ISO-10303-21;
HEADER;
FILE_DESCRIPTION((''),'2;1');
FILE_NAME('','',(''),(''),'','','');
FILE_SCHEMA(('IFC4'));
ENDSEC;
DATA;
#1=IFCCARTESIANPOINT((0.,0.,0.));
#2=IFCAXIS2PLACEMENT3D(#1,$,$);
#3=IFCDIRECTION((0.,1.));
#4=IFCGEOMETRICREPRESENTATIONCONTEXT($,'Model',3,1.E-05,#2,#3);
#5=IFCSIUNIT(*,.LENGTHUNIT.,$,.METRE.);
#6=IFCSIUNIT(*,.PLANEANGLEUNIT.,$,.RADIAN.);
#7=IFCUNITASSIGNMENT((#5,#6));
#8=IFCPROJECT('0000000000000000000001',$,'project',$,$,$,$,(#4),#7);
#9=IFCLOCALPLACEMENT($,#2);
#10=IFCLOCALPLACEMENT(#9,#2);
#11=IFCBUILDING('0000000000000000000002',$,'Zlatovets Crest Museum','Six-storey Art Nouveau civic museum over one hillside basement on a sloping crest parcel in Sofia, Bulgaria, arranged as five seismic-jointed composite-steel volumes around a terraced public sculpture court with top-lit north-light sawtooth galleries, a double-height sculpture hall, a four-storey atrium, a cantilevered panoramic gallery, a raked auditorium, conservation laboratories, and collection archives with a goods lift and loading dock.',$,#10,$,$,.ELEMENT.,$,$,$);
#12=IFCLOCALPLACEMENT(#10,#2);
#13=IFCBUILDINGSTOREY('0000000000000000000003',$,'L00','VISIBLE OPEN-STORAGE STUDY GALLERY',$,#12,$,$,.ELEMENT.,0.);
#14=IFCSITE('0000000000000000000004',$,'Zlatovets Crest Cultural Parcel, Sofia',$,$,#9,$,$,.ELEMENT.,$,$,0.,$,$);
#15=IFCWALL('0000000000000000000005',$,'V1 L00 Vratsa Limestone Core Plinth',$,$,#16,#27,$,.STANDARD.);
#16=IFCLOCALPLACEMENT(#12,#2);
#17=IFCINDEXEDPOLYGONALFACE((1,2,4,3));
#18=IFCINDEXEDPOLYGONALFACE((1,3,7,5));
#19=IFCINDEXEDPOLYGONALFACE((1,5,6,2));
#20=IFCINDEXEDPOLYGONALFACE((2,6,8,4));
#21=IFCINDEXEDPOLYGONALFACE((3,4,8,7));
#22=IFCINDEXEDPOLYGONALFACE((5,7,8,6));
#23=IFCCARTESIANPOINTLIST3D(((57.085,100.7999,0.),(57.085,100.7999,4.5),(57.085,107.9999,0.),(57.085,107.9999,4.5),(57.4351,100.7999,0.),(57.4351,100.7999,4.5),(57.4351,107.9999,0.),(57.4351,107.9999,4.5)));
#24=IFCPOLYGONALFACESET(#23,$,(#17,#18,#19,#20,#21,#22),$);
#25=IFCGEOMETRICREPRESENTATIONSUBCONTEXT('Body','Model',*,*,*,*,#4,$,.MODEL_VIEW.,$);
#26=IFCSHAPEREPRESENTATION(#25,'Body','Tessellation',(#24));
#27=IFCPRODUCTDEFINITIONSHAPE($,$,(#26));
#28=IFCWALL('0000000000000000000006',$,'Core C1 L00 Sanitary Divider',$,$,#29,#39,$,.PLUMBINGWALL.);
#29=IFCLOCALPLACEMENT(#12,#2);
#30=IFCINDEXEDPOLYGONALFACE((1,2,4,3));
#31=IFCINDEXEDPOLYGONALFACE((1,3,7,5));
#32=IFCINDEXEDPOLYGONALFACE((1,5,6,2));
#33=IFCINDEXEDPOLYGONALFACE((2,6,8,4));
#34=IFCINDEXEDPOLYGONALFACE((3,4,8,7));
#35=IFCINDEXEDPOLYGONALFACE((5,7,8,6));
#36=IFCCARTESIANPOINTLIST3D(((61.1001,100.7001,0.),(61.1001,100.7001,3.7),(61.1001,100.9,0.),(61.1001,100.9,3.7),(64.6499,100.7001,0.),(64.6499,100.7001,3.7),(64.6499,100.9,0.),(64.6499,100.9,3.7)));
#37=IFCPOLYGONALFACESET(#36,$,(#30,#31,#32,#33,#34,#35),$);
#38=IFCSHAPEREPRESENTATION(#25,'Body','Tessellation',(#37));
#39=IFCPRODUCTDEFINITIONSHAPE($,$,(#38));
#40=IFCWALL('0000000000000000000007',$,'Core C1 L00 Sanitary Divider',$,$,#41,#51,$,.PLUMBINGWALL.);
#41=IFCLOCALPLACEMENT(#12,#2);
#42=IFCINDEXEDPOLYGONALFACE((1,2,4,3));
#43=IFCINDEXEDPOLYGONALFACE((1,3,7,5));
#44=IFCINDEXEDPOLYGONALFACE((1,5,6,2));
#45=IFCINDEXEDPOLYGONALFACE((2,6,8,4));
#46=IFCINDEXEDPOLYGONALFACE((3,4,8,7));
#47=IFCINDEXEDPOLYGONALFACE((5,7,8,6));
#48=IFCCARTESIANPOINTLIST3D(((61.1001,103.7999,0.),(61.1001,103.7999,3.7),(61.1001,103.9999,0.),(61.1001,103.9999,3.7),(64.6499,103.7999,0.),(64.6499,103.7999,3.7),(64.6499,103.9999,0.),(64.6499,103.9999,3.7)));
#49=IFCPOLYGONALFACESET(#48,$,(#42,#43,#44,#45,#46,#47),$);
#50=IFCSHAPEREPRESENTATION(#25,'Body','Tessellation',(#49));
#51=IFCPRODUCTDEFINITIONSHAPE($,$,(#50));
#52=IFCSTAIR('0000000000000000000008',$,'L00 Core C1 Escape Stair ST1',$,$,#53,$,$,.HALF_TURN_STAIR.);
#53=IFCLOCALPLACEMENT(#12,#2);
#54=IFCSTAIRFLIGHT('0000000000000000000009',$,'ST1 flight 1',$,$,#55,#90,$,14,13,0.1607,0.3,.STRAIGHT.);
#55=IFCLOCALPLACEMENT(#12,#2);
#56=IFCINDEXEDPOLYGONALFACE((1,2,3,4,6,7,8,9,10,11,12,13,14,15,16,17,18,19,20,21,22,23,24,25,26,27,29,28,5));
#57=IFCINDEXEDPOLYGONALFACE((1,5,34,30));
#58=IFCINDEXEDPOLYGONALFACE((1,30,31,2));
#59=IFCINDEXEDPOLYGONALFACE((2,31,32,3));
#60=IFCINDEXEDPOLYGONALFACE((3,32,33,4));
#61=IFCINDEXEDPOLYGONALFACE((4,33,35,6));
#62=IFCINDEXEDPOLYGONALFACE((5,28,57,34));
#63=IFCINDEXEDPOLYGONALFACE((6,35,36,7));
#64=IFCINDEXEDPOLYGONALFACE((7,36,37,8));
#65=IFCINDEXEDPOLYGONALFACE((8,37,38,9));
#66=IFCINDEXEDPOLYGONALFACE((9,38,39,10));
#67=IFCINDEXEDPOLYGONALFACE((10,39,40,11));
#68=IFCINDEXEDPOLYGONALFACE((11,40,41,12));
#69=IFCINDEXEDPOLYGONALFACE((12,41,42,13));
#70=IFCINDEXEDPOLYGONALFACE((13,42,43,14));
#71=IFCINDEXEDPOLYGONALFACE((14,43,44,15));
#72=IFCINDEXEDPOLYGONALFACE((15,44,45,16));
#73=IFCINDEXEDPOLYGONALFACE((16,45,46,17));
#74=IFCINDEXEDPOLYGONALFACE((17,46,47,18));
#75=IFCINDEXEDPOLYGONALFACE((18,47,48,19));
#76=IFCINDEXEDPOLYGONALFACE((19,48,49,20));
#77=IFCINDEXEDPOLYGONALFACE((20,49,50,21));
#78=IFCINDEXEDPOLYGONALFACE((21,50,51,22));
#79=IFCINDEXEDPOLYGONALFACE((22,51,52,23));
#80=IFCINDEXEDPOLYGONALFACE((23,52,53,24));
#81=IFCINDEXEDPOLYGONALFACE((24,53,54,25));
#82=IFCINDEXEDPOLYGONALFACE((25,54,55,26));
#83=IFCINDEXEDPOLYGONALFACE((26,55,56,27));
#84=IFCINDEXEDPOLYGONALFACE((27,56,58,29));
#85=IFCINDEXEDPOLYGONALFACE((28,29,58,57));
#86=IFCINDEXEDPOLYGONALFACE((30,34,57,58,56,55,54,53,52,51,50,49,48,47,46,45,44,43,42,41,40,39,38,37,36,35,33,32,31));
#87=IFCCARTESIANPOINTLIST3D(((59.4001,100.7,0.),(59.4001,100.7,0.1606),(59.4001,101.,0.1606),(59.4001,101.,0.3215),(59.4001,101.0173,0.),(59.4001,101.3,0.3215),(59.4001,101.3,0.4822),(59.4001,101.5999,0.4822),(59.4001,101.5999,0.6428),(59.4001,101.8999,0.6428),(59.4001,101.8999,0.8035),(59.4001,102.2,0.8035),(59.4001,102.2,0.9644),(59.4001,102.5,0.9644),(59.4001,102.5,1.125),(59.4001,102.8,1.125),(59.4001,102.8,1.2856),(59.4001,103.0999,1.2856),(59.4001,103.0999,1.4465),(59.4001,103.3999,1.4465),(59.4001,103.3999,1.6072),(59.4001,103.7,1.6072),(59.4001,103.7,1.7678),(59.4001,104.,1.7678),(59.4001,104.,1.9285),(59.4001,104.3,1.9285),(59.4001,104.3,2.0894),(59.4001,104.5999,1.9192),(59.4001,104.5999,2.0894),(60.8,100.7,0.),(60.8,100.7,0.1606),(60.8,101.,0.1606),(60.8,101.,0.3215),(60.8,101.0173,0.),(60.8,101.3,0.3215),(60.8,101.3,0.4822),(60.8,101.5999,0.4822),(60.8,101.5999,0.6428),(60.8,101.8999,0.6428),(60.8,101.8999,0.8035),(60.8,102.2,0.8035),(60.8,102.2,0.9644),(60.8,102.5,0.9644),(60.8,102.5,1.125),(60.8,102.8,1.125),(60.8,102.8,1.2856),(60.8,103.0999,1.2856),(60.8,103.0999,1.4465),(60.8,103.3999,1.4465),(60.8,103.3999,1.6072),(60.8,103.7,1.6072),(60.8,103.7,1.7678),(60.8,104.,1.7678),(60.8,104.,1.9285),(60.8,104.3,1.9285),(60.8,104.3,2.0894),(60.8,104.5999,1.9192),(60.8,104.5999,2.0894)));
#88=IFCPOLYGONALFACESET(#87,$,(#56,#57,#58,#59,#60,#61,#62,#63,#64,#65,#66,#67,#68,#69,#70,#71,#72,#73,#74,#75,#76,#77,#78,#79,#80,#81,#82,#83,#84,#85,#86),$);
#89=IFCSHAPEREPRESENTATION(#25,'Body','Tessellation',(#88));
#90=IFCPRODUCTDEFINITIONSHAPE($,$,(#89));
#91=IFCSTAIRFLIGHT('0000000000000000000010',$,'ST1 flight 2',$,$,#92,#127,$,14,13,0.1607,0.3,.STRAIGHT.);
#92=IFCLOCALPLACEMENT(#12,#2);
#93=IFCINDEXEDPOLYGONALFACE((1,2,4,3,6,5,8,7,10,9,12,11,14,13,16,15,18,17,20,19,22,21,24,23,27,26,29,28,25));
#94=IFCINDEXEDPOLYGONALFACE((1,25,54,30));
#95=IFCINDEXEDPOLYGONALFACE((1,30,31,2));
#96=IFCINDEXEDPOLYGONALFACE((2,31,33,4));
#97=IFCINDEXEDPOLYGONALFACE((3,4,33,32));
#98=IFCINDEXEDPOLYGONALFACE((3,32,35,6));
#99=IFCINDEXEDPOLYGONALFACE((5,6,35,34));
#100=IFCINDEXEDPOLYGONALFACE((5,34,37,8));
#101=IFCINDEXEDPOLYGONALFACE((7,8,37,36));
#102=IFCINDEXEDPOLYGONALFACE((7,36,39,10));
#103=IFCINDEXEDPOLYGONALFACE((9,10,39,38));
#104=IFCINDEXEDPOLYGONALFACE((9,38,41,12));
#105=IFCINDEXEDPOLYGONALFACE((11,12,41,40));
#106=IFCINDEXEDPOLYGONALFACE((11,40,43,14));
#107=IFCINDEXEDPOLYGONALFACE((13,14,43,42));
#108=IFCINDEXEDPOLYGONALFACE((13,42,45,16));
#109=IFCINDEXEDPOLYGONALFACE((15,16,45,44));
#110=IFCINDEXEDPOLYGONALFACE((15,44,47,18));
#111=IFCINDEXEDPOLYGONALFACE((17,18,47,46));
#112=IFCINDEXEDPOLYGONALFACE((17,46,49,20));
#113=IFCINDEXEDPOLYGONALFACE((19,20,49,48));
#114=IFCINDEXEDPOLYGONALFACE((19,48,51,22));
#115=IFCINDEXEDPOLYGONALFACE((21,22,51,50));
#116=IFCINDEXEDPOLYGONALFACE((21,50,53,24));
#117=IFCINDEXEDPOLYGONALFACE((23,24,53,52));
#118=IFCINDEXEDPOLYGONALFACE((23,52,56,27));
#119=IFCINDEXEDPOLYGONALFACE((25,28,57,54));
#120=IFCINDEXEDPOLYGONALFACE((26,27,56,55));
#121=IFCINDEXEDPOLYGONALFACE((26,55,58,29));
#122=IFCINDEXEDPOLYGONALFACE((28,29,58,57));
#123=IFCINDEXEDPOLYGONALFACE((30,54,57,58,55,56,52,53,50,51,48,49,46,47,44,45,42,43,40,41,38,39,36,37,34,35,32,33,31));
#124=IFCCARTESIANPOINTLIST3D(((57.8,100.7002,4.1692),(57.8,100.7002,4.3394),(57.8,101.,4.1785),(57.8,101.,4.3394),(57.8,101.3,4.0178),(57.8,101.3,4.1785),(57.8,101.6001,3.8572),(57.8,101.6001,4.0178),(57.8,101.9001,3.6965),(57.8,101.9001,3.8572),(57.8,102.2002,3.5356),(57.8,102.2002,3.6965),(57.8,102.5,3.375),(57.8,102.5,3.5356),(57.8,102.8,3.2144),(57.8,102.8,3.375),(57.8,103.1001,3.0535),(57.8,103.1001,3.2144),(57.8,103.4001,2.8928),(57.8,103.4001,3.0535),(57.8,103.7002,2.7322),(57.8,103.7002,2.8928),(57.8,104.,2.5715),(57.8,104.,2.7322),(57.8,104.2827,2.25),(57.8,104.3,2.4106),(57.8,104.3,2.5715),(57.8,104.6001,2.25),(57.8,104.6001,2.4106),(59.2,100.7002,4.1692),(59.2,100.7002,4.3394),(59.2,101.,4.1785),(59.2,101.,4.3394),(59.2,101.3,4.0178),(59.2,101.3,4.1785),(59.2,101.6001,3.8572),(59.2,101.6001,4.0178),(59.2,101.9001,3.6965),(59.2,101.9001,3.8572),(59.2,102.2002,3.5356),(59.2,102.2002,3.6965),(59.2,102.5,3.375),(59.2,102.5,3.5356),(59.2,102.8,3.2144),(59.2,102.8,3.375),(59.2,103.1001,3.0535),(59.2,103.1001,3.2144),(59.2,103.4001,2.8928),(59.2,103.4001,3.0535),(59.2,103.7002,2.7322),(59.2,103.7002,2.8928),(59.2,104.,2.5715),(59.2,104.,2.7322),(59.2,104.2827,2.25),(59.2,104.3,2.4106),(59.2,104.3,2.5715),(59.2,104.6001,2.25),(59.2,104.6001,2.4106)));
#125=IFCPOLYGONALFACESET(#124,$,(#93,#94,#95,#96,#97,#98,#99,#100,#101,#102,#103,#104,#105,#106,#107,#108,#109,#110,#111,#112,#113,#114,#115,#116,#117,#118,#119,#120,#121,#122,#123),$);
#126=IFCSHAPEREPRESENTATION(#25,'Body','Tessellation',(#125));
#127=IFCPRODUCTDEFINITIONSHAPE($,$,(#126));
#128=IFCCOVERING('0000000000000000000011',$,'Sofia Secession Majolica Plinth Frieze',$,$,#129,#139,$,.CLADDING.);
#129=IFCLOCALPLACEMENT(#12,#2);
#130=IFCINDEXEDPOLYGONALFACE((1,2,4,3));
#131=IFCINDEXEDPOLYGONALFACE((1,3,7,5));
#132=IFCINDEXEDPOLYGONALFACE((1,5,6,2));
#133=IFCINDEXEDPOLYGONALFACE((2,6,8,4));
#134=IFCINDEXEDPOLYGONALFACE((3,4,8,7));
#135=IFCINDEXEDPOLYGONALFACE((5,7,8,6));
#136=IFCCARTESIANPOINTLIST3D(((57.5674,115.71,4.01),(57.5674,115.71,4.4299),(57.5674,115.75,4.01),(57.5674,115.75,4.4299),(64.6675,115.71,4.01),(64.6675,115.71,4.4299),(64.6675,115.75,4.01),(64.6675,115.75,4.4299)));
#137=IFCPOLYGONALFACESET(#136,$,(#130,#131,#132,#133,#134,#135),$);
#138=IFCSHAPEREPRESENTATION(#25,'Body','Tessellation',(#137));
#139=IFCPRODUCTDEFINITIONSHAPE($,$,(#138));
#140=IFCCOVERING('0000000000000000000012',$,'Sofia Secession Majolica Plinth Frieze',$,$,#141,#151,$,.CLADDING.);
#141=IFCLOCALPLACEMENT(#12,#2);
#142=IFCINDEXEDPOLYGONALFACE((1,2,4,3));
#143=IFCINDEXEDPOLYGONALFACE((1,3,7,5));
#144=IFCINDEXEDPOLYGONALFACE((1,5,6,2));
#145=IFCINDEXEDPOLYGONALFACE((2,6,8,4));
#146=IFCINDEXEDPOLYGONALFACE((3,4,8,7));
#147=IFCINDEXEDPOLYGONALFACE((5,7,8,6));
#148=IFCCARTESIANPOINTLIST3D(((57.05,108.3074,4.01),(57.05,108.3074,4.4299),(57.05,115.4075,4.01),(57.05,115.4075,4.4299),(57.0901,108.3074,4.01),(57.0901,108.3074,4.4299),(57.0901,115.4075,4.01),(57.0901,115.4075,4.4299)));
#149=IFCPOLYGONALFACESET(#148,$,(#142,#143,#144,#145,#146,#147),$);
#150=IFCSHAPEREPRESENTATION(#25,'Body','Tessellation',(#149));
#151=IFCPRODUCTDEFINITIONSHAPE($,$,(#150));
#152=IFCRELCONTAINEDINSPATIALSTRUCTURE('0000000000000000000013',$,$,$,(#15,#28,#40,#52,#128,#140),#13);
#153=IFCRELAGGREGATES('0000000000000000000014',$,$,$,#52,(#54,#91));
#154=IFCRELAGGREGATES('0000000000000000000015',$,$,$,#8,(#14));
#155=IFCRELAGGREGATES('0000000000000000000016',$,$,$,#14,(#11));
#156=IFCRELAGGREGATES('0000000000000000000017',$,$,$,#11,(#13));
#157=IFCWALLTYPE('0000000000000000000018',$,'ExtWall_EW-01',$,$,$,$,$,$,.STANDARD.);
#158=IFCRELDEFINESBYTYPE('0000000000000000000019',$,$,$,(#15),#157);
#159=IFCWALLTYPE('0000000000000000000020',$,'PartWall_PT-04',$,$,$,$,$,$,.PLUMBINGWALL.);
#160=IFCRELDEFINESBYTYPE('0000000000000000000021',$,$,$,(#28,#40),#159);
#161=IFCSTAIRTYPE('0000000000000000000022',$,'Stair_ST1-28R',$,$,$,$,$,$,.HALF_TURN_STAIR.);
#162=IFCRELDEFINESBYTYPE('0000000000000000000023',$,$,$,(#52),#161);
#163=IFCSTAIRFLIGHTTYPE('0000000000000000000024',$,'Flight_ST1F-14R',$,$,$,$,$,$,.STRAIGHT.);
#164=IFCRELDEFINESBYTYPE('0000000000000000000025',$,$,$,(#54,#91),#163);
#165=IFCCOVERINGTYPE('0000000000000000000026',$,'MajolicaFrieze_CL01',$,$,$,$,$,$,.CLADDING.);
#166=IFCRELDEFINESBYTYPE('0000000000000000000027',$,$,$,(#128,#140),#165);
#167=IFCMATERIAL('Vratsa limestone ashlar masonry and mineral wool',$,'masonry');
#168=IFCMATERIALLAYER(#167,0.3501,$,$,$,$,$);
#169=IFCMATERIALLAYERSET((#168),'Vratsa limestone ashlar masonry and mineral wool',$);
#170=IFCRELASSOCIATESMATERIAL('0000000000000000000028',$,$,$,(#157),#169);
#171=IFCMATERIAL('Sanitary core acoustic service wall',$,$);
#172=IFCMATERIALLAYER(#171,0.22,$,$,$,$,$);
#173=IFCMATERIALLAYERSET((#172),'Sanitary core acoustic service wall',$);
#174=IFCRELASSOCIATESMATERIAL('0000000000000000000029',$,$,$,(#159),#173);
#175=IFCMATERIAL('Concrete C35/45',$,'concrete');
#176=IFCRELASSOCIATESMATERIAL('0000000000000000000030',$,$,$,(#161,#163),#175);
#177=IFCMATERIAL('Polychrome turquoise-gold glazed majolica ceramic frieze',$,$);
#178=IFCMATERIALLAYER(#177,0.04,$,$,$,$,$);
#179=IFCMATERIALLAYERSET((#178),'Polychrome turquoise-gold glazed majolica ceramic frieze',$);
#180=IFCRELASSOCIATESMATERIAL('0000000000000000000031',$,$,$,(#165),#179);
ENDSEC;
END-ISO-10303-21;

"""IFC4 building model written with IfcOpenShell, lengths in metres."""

from ifc_helpers import new_model, si_unit, direction, frame, frame_2d, origin, origin_2d, place, context, subcontext, project, spatial, polyline, rectangle, outline, extrude, material, layer, layer_set, type_object, element, aggregate, save


model = new_model("IFC4")

# Units and contexts
model_context = context("Model", 3, precision=1e-05, world=origin(), true_north=direction((0.0, 1.0)))
body_context = subcontext(model_context, "Body", "Model", "MODEL_VIEW")
ifc_project = project(units=[si_unit("LENGTHUNIT", "METRE"), si_unit("PLANEANGLEUNIT", "RADIAN")], contexts=[model_context])

# Site, building, storey
site_placement = place(None, origin())
site = spatial("IfcSite", under=ifc_project, at=site_placement, Name="Zlatovets Crest Cultural Parcel, Sofia", CompositionType="ELEMENT", RefElevation=0.0)
building_placement = place(site_placement, origin())
building = spatial("IfcBuilding", under=site, at=building_placement, Name="Zlatovets Crest Museum", Description="Six-storey Art Nouveau civic museum over one hillside basement on a sloping crest parcel in Sofia, Bulgaria, arranged as five seismic-jointed composite-steel volumes around a terraced public sculpture court with top-lit north-light sawtooth galleries, a double-height sculpture hall, a four-storey atrium, a cantilevered panoramic gallery, a raked auditorium, conservation laboratories, and collection archives with a goods lift and loading dock.", CompositionType="ELEMENT")
storey_placement = place(building_placement, origin())
storey = spatial("IfcBuildingStorey", under=building, at=storey_placement, Name="L00", Description="VISIBLE OPEN-STORAGE STUDY GALLERY", CompositionType="ELEMENT", Elevation=0.0)

# Shared definitions
ifc_material_1 = material(Name="Concrete C35/45", Category="concrete")

# Shared definitions
ifc_material_2 = material(Name="Vratsa limestone ashlar masonry and mineral wool", Category="masonry")
ifc_layer_1 = layer(ifc_material_2, 0.3501)
ifc_layer_set_1 = layer_set([ifc_layer_1], Name="Vratsa limestone ashlar masonry and mineral wool")
wall_type_1 = type_object("IfcWallType", Name="ExtWall_EW-01", PredefinedType="STANDARD", material=ifc_layer_set_1)

# Walls
wall_1_placement = place(storey_placement, frame((57.26, 108.0, 0.0), z_axis=(0.0, 0.0, 1.0), x_axis=(0.0, -1.0, 0.0)))
element("IfcWall", 1, at=wall_1_placement, inside=storey, type_object=wall_type_1, Name="V1 L00 Vratsa Limestone Core Plinth", PredefinedType="STANDARD", context=body_context, shape_type="SweptSolid", body=[
    extrude(rectangle(XDim=7.2, YDim=0.3501, at=frame_2d((3.6001, 0.0))), origin(), (0.0, 0.0, 1.0), 4.5),
])
ifc_material_3 = material(Name="Sanitary core acoustic service wall")
ifc_layer_2 = layer(ifc_material_3, 0.22)
ifc_layer_set_2 = layer_set([ifc_layer_2], Name="Sanitary core acoustic service wall")
wall_type_2 = type_object("IfcWallType", Name="PartWall_PT-04", PredefinedType="PLUMBINGWALL", material=ifc_layer_set_2)
for number, where, z_axis, x_axis, name in (
    (2, (61.1001, 100.8, 0.0), (0.0, 0.0, 1.0), (1.0, 0.0, 0.0), "Core C1 L00 Sanitary Divider"),
    (3, (61.1001, 103.8999, 0.0), (0.0, 0.0, 1.0), (1.0, 0.0, 0.0), "Core C1 L00 Sanitary Divider"),
):
    element("IfcWall", number, at=place(storey_placement, frame(where, z_axis=z_axis, x_axis=x_axis)), inside=storey, type_object=wall_type_2, Name=name, PredefinedType="PLUMBINGWALL", context=body_context, shape_type="SweptSolid", body=[
        extrude(rectangle(XDim=3.5498, YDim=0.2, at=frame_2d((1.7749, 0.0))), origin(), (0.0, 0.0, 1.0), 3.7),
    ])

# Stair, stair flights
stair_type = type_object("IfcStairType", Name="Stair_ST1-28R", PredefinedType="HALF_TURN_STAIR", material=ifc_material_1)
stair_placement = place(storey_placement, origin())
stair = element("IfcStair", 4, at=stair_placement, inside=storey, type_object=stair_type, Name="L00 Core C1 Escape Stair ST1", PredefinedType="HALF_TURN_STAIR")
stair_flight_type = type_object("IfcStairFlightType", Name="Flight_ST1F-14R", PredefinedType="STRAIGHT", material=ifc_material_1)
stair_flight_1_placement = place(storey_placement, frame((60.1001, 100.7, 0.0), z_axis=(0.0, 0.0, 1.0), x_axis=(0.0, 1.0, 0.0)))
stair_flight_1 = element("IfcStairFlight", 5, at=stair_flight_1_placement, type_object=stair_flight_type, Name="ST1 flight 1", NumberOfRisers=14, NumberOfTreads=13, PredefinedType="STRAIGHT", RiserHeight=0.1607, TreadLength=0.3, context=body_context, shape_type="SweptSolid", body=[
    extrude(outline(polyline([(0.0, 0.0), (0.0, 0.1606), (0.3, 0.1606), (0.3, 0.3215), (0.6001, 0.3215), (0.6001, 0.4822), (0.8999, 0.4822), (0.8999, 0.6428), (1.2, 0.6428), (1.2, 0.8035), (1.5, 0.8035), (1.5, 0.9644), (1.8, 0.9644), (1.8, 1.125), (2.1001, 1.125), (2.1001, 1.2856), (2.3999, 1.2856), (2.3999, 1.4465), (2.7, 1.4465), (2.7, 1.6072), (3.0, 1.6072), (3.0, 1.7678), (3.3, 1.7678), (3.3, 1.9285), (3.6001, 1.9285), (3.6001, 2.0894), (3.8999, 2.0894), (3.8999, 2.25), (3.8999, 1.9192), (0.3174, 0.0), (0.0, 0.0)])), frame((0.0, 0.7, 0.0), z_axis=(0.0, -1.0, 0.0), x_axis=(1.0, 0.0, 0.0)), (0.0, 0.0, 1.0), 1.3999),
])
stair_flight_2_placement = place(storey_placement, frame((58.5, 104.6001, 2.25), z_axis=(0.0, 0.0, 1.0), x_axis=(0.0, -1.0, 0.0)))
stair_flight_2 = element("IfcStairFlight", 6, at=stair_flight_2_placement, type_object=stair_flight_type, Name="ST1 flight 2", NumberOfRisers=14, NumberOfTreads=13, PredefinedType="STRAIGHT", RiserHeight=0.1607, TreadLength=0.3, context=body_context, shape_type="SweptSolid", body=[
    extrude(outline(polyline([(0.0, 0.0), (0.0, 0.1606), (0.3, 0.1606), (0.3, 0.3215), (0.6001, 0.3215), (0.6001, 0.4822), (0.8999, 0.4822), (0.8999, 0.6428), (1.2, 0.6428), (1.2, 0.8035), (1.5, 0.8035), (1.5, 0.9644), (1.8, 0.9644), (1.8, 1.125), (2.1001, 1.125), (2.1001, 1.2856), (2.3999, 1.2856), (2.3999, 1.4465), (2.7, 1.4465), (2.7, 1.6072), (3.0, 1.6072), (3.0, 1.7678), (3.3, 1.7678), (3.3, 1.9285), (3.6001, 1.9285), (3.6001, 2.0894), (3.8999, 2.0894), (3.8999, 2.25), (3.8999, 1.9192), (0.3174, 0.0), (0.0, 0.0)])), frame((0.0, 0.7, 0.0), z_axis=(0.0, -1.0, 0.0), x_axis=(1.0, 0.0, 0.0)), (0.0, 0.0, 1.0), 1.3999),
])
aggregate(stair, [stair_flight_1, stair_flight_2])

# Coverings
ifc_material_4 = material(Name="Polychrome turquoise-gold glazed majolica ceramic frieze")
ifc_layer_3 = layer(ifc_material_4, 0.04)
ifc_layer_set_3 = layer_set([ifc_layer_3], Name="Polychrome turquoise-gold glazed majolica ceramic frieze")
covering_type = type_object("IfcCoveringType", Name="MajolicaFrieze_CL01", PredefinedType="CLADDING", material=ifc_layer_set_3)
for number, where, z_axis, x_axis, name in (
    (7, (61.1174, 115.73, 4.01), (0.0, 0.0, 1.0), (1.0, 0.0, 0.0), "Sofia Secession Majolica Plinth Frieze"),
    (8, (57.0701, 111.8574, 4.01), (0.0, 0.0, 1.0), (0.0, 1.0, 0.0), "Sofia Secession Majolica Plinth Frieze"),
):
    element("IfcCovering", number, at=place(storey_placement, frame(where, z_axis=z_axis, x_axis=x_axis)), inside=storey, type_object=covering_type, Name=name, PredefinedType="CLADDING", context=body_context, shape_type="SweptSolid", body=[
        extrude(rectangle(XDim=7.1001, YDim=0.04, at=origin_2d()), origin(), (0.0, 0.0, 1.0), 0.4199),
    ])

save(model, "model.ifc")
